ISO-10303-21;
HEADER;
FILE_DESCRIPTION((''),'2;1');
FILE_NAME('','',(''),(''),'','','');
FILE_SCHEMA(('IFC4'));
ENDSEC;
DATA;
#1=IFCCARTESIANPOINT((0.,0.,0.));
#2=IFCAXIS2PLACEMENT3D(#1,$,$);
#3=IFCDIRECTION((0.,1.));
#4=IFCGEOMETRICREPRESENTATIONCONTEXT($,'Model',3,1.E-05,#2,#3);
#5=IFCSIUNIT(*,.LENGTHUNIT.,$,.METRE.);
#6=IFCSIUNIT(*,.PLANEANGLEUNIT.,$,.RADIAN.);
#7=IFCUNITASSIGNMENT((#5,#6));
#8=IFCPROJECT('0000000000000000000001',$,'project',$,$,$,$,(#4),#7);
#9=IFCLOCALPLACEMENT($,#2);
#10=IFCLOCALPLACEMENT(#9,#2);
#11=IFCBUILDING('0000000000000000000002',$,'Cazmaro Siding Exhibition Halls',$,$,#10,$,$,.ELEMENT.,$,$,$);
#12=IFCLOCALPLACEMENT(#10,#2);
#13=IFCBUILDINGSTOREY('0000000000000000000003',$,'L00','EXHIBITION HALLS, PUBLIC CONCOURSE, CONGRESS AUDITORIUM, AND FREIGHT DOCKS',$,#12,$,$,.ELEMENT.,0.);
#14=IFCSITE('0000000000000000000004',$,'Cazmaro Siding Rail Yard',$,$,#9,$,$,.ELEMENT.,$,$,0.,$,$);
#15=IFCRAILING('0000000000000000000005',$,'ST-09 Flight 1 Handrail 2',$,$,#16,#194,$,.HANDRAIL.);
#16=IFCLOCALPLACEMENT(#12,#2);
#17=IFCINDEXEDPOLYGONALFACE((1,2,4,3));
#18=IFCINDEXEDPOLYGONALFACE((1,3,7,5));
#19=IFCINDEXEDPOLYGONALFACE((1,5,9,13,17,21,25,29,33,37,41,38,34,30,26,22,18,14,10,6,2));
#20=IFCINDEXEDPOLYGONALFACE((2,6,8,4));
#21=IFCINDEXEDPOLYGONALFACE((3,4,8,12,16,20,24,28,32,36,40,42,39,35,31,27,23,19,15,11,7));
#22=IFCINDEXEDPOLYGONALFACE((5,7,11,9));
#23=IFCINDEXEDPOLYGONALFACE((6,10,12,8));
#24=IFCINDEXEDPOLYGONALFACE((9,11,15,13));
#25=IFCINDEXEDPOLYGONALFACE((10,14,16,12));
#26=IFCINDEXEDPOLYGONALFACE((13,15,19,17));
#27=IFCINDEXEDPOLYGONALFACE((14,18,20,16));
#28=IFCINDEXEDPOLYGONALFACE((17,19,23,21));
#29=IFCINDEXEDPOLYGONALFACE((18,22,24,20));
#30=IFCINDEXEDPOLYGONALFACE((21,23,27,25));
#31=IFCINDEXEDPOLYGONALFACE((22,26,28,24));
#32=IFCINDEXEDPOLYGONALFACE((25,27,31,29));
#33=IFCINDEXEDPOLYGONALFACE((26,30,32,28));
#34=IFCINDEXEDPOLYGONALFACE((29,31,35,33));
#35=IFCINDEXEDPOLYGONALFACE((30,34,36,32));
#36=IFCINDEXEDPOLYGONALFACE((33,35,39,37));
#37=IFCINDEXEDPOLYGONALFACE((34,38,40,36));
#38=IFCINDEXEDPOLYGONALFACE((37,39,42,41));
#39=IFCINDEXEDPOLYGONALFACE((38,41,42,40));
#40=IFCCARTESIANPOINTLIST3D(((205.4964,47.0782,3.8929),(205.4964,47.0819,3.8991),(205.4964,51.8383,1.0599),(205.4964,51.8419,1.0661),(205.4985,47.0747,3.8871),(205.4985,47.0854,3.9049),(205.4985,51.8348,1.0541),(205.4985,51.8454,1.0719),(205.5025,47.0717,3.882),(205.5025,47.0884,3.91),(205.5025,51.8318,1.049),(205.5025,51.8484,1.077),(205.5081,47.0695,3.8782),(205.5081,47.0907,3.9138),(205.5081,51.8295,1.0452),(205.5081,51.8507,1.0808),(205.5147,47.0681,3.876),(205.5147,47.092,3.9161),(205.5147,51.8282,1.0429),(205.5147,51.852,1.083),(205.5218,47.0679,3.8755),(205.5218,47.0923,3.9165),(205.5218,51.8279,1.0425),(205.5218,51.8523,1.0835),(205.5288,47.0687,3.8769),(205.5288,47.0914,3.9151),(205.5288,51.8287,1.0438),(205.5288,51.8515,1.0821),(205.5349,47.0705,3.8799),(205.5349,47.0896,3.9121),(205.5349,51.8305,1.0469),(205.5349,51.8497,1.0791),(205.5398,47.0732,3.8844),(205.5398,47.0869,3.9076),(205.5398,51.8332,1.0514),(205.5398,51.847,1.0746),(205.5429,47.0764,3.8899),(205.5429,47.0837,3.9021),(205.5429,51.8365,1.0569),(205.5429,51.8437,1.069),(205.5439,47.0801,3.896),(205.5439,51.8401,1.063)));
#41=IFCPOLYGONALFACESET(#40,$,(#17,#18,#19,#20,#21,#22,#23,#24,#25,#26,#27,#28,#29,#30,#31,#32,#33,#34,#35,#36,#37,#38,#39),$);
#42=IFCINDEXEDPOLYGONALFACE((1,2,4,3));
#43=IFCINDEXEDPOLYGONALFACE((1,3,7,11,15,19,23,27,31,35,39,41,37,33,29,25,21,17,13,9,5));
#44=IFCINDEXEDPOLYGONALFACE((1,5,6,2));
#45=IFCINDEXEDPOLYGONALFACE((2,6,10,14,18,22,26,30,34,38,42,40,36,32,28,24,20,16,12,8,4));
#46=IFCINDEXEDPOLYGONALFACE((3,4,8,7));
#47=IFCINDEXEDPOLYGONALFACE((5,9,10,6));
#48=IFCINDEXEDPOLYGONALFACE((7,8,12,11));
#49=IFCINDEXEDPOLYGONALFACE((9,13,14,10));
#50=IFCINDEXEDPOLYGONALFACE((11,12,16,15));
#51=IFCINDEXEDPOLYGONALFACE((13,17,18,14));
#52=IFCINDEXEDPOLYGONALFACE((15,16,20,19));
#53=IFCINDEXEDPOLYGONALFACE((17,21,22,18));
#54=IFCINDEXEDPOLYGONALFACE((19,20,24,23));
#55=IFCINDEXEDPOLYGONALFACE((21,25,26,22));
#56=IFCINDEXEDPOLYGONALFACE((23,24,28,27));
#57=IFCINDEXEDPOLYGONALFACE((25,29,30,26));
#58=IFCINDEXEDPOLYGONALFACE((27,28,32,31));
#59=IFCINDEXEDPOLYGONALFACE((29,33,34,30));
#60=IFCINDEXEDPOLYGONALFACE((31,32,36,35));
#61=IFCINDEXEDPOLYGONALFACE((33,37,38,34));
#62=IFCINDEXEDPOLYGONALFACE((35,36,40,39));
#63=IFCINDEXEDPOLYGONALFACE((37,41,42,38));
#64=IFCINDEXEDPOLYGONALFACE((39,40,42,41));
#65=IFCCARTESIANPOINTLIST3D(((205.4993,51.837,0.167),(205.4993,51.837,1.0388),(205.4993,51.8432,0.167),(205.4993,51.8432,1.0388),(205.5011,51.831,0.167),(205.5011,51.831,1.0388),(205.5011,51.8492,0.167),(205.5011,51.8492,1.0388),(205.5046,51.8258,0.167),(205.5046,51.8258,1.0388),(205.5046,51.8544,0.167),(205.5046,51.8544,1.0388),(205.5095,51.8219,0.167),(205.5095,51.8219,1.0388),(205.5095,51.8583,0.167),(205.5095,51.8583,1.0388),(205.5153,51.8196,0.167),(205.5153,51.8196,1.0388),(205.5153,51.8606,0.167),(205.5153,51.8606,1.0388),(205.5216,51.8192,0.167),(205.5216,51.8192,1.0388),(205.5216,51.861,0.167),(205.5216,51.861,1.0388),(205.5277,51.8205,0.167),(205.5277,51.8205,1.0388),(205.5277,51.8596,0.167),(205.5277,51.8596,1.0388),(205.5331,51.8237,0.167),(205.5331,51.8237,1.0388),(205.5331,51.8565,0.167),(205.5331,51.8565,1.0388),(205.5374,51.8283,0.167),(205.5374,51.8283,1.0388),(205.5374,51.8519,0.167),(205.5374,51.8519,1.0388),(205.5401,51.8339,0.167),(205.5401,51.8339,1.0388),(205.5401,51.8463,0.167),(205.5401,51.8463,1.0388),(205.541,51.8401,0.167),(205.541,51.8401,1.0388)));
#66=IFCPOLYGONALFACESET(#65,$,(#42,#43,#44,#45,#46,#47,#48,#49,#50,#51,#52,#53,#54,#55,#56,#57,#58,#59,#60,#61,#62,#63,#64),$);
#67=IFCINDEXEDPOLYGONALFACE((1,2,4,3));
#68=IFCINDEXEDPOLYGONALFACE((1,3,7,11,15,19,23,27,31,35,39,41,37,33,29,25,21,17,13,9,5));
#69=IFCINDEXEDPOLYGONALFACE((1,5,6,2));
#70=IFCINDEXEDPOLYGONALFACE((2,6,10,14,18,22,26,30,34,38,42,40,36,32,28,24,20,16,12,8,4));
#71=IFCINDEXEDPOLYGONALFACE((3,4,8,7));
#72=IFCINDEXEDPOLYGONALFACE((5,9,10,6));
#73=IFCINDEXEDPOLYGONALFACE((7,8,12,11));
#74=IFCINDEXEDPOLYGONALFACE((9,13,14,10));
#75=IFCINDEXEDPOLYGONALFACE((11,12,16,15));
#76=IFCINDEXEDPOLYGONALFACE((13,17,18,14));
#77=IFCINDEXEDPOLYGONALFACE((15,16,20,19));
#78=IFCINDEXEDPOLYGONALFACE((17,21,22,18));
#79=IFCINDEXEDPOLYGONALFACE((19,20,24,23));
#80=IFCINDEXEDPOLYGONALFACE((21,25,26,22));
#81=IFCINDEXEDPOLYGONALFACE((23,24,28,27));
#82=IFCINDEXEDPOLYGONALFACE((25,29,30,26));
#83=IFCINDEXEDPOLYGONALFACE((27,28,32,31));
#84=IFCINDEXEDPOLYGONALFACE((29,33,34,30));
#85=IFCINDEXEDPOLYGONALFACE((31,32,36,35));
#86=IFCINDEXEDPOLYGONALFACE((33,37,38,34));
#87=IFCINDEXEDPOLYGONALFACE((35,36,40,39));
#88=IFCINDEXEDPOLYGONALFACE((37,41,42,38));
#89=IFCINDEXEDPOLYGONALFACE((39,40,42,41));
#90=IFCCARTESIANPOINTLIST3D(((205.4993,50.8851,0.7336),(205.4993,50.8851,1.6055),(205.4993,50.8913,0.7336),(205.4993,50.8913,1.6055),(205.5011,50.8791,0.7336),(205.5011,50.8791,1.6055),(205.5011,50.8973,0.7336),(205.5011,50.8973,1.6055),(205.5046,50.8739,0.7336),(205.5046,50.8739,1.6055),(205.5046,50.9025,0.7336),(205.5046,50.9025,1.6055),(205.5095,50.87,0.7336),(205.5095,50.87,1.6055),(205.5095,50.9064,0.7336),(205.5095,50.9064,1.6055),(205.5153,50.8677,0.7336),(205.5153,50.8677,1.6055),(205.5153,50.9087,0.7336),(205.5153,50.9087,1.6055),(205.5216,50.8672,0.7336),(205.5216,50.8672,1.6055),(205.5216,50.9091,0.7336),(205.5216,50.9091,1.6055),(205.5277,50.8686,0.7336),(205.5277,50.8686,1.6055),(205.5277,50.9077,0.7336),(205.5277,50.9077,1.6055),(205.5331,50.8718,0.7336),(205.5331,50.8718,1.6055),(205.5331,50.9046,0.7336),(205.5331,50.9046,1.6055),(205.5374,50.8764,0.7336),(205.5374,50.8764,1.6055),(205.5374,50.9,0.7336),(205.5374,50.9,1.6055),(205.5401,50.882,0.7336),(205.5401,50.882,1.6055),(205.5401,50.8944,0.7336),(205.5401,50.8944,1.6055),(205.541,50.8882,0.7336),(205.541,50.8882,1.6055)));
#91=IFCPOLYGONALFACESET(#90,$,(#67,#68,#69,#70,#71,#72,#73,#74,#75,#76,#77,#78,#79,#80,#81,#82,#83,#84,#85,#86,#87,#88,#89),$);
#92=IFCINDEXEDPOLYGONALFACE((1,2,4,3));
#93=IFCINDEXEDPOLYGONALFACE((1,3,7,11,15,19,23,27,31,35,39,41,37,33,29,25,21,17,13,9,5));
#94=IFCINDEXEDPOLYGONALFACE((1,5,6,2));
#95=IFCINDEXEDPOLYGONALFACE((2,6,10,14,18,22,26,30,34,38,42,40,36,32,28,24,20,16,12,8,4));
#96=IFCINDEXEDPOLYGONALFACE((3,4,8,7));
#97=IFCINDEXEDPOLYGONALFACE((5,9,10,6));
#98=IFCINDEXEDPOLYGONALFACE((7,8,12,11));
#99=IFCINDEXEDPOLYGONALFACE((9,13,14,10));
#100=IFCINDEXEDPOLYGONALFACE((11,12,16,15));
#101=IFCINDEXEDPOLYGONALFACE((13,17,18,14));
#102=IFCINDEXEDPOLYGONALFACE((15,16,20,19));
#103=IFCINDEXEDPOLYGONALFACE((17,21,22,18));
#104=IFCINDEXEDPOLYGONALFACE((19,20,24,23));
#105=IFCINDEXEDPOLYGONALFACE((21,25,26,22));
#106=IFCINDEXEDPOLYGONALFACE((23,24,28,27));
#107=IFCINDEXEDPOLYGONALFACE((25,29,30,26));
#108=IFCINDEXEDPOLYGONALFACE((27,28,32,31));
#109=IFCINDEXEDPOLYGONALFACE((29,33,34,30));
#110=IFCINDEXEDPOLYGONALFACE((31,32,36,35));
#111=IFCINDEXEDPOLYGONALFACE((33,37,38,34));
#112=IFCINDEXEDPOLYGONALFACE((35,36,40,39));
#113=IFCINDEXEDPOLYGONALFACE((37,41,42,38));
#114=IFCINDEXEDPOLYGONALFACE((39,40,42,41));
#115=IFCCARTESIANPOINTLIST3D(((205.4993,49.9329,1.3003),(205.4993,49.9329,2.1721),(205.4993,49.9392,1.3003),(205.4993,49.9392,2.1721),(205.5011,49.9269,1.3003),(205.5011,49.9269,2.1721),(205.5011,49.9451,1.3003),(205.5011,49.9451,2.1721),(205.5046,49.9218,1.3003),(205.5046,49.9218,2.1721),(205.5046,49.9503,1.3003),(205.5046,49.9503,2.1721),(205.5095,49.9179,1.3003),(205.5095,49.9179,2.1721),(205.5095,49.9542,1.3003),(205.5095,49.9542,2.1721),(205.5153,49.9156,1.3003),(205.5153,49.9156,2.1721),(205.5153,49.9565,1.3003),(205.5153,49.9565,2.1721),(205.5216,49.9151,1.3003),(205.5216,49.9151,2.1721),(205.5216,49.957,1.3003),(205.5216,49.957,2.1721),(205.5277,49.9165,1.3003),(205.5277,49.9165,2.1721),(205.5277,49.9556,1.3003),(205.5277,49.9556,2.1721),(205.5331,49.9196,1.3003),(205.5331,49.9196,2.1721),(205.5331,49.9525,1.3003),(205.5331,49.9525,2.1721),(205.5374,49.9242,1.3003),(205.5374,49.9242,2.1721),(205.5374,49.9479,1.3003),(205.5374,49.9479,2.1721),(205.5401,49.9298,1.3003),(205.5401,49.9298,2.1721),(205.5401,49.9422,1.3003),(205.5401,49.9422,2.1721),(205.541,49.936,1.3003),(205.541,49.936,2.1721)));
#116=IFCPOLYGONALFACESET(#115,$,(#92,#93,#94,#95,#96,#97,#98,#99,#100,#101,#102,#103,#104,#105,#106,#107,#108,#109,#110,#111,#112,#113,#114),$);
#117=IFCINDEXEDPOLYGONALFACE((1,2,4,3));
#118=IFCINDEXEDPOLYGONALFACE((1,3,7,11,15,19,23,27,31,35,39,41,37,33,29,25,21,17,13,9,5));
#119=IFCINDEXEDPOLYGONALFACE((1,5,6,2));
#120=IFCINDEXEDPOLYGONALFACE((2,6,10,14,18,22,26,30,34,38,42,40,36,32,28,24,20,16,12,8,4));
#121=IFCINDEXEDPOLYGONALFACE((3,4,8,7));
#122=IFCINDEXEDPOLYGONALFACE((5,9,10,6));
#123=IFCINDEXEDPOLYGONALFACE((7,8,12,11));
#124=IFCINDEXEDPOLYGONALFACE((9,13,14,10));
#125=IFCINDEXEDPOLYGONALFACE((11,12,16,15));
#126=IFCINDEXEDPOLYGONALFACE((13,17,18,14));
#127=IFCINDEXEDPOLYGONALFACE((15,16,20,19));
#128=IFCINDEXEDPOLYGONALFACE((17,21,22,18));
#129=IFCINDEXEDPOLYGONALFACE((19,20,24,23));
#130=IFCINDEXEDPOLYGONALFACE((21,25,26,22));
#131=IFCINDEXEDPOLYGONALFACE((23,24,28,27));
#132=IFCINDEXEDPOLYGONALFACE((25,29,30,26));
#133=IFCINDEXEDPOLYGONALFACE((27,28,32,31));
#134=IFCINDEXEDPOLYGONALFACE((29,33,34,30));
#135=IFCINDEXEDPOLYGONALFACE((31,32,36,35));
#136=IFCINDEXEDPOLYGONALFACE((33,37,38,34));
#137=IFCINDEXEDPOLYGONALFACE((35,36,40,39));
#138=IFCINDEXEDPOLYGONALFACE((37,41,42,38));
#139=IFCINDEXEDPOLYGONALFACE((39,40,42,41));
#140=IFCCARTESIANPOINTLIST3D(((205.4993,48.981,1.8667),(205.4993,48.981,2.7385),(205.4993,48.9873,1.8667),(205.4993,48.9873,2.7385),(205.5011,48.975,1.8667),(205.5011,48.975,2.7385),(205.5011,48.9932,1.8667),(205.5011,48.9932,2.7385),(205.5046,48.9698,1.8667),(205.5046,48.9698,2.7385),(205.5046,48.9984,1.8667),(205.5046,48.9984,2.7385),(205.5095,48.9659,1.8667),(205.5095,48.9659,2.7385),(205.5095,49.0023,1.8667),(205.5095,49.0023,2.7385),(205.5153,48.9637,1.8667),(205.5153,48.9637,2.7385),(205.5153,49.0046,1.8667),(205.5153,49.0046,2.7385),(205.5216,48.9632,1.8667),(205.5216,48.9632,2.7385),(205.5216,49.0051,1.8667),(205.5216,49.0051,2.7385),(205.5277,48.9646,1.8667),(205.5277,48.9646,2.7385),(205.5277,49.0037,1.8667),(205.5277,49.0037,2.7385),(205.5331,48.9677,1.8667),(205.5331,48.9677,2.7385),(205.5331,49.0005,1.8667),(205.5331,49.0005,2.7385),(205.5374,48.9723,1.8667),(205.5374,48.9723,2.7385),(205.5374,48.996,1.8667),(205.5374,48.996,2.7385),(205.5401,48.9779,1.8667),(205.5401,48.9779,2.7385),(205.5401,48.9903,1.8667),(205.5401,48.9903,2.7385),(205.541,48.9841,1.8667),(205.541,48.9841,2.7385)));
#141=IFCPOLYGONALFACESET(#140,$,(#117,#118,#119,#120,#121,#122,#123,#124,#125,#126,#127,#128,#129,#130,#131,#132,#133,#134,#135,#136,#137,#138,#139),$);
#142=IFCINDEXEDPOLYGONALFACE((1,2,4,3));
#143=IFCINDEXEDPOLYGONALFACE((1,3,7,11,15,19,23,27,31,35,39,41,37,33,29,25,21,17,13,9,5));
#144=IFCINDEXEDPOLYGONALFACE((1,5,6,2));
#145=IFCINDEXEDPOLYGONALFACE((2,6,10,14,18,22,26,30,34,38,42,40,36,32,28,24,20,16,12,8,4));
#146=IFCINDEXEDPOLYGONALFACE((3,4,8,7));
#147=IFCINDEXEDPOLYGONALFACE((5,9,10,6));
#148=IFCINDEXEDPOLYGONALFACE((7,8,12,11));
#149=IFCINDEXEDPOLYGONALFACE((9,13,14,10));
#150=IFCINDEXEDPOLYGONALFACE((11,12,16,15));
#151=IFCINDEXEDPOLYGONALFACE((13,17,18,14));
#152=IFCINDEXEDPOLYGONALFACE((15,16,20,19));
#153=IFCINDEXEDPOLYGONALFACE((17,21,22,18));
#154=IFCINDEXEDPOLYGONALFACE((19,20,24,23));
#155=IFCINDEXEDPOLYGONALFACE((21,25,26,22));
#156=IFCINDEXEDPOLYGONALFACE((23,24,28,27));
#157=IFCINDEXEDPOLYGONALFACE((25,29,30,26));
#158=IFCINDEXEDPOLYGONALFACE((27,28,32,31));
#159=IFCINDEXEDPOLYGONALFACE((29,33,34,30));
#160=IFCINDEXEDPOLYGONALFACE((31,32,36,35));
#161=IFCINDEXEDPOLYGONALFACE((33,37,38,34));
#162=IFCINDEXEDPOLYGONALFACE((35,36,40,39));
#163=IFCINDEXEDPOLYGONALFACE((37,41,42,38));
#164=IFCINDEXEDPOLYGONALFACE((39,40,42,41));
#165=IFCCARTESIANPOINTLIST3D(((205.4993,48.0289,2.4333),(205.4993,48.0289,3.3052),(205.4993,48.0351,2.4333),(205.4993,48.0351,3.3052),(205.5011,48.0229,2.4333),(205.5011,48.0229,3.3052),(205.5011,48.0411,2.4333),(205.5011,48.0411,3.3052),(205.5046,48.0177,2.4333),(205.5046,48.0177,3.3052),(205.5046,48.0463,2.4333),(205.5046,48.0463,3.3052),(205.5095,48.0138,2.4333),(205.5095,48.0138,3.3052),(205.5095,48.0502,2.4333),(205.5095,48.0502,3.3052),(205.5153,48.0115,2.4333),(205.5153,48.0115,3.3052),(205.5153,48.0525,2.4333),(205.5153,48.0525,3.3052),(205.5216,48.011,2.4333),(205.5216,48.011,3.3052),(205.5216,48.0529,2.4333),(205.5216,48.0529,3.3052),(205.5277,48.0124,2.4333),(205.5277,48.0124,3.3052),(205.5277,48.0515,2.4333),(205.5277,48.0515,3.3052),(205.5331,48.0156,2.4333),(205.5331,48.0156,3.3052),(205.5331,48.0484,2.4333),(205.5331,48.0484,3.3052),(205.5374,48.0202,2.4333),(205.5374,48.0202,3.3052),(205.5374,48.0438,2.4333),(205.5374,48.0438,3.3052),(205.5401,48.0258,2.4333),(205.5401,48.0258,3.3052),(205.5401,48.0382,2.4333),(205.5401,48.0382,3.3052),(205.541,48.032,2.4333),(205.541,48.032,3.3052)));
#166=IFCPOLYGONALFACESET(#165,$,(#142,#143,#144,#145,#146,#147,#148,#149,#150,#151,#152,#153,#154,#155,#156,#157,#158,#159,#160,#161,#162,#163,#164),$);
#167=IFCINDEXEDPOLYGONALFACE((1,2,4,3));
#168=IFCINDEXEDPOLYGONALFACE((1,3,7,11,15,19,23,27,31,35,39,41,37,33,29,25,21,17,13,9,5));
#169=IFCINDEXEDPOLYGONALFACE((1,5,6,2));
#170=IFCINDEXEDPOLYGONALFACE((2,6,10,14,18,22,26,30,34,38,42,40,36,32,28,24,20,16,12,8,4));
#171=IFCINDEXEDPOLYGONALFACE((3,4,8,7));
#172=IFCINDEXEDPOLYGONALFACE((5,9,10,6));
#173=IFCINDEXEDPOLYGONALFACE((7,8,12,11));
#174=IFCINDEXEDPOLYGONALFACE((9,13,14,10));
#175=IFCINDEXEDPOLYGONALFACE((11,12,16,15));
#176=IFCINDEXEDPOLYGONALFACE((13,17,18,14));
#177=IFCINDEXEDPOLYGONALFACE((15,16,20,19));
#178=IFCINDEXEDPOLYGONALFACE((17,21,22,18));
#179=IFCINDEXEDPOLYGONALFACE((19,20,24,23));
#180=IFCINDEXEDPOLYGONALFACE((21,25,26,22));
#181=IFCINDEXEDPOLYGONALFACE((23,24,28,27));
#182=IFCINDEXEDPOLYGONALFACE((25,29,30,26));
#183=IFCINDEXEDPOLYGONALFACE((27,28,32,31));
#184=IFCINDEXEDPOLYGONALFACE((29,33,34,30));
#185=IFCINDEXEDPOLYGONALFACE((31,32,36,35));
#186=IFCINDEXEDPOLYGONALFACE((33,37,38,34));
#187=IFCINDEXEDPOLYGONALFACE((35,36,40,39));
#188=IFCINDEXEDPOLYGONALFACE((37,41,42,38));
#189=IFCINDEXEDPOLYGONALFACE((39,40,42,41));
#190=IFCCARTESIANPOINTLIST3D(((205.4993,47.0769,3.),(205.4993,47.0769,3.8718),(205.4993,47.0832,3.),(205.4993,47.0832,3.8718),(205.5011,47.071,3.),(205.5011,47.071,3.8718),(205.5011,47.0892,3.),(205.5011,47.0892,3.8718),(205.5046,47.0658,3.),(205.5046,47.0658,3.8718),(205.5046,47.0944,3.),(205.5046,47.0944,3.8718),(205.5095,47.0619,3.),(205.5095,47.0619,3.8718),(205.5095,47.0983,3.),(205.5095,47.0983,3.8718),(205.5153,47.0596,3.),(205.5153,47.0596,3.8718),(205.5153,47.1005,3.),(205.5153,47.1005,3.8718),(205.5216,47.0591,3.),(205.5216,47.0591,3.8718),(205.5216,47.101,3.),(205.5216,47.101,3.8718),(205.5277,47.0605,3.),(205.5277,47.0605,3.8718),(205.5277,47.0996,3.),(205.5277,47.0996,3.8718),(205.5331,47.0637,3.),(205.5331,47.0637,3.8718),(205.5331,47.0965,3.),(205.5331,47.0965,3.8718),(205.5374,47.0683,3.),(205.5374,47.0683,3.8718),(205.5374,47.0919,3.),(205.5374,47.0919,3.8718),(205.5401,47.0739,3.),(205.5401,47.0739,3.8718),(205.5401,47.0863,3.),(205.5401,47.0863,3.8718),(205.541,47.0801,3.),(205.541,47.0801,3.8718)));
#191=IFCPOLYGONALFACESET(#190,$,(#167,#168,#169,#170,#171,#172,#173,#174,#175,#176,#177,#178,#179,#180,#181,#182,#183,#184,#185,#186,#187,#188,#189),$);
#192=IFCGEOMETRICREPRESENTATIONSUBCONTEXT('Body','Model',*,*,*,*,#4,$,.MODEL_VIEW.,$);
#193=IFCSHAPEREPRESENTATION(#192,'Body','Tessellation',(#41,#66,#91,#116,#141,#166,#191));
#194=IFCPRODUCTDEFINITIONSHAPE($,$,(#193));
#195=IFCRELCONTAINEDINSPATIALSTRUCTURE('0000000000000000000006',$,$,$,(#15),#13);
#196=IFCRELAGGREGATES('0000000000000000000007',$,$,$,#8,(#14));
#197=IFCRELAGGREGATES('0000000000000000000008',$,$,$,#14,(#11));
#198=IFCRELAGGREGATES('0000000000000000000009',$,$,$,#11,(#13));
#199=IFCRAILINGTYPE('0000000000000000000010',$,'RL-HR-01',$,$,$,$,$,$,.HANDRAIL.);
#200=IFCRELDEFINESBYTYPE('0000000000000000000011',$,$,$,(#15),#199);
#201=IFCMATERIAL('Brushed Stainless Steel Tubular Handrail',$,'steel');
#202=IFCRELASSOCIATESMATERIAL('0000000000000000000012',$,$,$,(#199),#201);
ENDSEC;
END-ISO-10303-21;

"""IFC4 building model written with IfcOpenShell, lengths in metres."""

from ifc_helpers import new_model, si_unit, direction, frame, origin, origin_2d, place, context, subcontext, project, spatial, circle, extrude, material, type_object, element, save


model = new_model("IFC4")

# Units and contexts
model_context = context("Model", 3, precision=1e-05, world=origin(), true_north=direction((0.0, 1.0)))
body_context = subcontext(model_context, "Body", "Model", "MODEL_VIEW")
ifc_project = project(units=[si_unit("LENGTHUNIT", "METRE"), si_unit("PLANEANGLEUNIT", "RADIAN")], contexts=[model_context])

# Site, building, storey
site_placement = place(None, origin())
site = spatial("IfcSite", under=ifc_project, at=site_placement, Name="Cazmaro Siding Rail Yard", CompositionType="ELEMENT", RefElevation=0.0)
building_placement = place(site_placement, origin())
building = spatial("IfcBuilding", under=site, at=building_placement, Name="Cazmaro Siding Exhibition Halls", CompositionType="ELEMENT")
storey_placement = place(building_placement, origin())
storey = spatial("IfcBuildingStorey", under=building, at=storey_placement, Name="L00", Description="EXHIBITION HALLS, PUBLIC CONCOURSE, CONGRESS AUDITORIUM, AND FREIGHT DOCKS", CompositionType="ELEMENT", Elevation=0.0)

# Railing
ifc_material_1 = material(Name="Brushed Stainless Steel Tubular Handrail", Category="steel")
railing_type = type_object("IfcRailingType", Name="RL-HR-01", PredefinedType="HANDRAIL", material=ifc_material_1)
railing_placement = place(storey_placement, frame((205.52, 51.8401, 0.167)))
element("IfcRailing", 1, at=railing_placement, inside=storey, type_object=railing_type, Name="ST-09 Flight 1 Handrail 2", PredefinedType="HANDRAIL", context=body_context, shape_type="SweptSolid", body=[
    extrude(circle(Radius=0.0239, at=origin_2d()), frame((0.0, 0.0, 0.896), z_axis=(0.0, -0.859319, 0.51144), x_axis=(1.0, 0.0, 0.0)), (0.0, 0.0, 1.0), 5.5393),
    extrude(circle(Radius=0.021, at=origin_2d()), origin(), (0.0, 0.0, 1.0), 0.8718),
    extrude(circle(Radius=0.021, at=origin_2d()), frame((0.0, -0.9519, 0.5667)), (0.0, 0.0, 1.0), 0.8718),
    extrude(circle(Radius=0.021, at=origin_2d()), frame((0.0, -1.9041, 1.1333)), (0.0, 0.0, 1.0), 0.8718),
    extrude(circle(Radius=0.021, at=origin_2d()), frame((0.0, -2.856, 1.6997)), (0.0, 0.0, 1.0), 0.8718),
    extrude(circle(Radius=0.021, at=origin_2d()), frame((0.0, -3.8081, 2.2664)), (0.0, 0.0, 1.0), 0.8718),
    extrude(circle(Radius=0.021, at=origin_2d()), frame((0.0, -4.76, 2.833)), (0.0, 0.0, 1.0), 0.8718),
])

save(model, "model.ifc")
